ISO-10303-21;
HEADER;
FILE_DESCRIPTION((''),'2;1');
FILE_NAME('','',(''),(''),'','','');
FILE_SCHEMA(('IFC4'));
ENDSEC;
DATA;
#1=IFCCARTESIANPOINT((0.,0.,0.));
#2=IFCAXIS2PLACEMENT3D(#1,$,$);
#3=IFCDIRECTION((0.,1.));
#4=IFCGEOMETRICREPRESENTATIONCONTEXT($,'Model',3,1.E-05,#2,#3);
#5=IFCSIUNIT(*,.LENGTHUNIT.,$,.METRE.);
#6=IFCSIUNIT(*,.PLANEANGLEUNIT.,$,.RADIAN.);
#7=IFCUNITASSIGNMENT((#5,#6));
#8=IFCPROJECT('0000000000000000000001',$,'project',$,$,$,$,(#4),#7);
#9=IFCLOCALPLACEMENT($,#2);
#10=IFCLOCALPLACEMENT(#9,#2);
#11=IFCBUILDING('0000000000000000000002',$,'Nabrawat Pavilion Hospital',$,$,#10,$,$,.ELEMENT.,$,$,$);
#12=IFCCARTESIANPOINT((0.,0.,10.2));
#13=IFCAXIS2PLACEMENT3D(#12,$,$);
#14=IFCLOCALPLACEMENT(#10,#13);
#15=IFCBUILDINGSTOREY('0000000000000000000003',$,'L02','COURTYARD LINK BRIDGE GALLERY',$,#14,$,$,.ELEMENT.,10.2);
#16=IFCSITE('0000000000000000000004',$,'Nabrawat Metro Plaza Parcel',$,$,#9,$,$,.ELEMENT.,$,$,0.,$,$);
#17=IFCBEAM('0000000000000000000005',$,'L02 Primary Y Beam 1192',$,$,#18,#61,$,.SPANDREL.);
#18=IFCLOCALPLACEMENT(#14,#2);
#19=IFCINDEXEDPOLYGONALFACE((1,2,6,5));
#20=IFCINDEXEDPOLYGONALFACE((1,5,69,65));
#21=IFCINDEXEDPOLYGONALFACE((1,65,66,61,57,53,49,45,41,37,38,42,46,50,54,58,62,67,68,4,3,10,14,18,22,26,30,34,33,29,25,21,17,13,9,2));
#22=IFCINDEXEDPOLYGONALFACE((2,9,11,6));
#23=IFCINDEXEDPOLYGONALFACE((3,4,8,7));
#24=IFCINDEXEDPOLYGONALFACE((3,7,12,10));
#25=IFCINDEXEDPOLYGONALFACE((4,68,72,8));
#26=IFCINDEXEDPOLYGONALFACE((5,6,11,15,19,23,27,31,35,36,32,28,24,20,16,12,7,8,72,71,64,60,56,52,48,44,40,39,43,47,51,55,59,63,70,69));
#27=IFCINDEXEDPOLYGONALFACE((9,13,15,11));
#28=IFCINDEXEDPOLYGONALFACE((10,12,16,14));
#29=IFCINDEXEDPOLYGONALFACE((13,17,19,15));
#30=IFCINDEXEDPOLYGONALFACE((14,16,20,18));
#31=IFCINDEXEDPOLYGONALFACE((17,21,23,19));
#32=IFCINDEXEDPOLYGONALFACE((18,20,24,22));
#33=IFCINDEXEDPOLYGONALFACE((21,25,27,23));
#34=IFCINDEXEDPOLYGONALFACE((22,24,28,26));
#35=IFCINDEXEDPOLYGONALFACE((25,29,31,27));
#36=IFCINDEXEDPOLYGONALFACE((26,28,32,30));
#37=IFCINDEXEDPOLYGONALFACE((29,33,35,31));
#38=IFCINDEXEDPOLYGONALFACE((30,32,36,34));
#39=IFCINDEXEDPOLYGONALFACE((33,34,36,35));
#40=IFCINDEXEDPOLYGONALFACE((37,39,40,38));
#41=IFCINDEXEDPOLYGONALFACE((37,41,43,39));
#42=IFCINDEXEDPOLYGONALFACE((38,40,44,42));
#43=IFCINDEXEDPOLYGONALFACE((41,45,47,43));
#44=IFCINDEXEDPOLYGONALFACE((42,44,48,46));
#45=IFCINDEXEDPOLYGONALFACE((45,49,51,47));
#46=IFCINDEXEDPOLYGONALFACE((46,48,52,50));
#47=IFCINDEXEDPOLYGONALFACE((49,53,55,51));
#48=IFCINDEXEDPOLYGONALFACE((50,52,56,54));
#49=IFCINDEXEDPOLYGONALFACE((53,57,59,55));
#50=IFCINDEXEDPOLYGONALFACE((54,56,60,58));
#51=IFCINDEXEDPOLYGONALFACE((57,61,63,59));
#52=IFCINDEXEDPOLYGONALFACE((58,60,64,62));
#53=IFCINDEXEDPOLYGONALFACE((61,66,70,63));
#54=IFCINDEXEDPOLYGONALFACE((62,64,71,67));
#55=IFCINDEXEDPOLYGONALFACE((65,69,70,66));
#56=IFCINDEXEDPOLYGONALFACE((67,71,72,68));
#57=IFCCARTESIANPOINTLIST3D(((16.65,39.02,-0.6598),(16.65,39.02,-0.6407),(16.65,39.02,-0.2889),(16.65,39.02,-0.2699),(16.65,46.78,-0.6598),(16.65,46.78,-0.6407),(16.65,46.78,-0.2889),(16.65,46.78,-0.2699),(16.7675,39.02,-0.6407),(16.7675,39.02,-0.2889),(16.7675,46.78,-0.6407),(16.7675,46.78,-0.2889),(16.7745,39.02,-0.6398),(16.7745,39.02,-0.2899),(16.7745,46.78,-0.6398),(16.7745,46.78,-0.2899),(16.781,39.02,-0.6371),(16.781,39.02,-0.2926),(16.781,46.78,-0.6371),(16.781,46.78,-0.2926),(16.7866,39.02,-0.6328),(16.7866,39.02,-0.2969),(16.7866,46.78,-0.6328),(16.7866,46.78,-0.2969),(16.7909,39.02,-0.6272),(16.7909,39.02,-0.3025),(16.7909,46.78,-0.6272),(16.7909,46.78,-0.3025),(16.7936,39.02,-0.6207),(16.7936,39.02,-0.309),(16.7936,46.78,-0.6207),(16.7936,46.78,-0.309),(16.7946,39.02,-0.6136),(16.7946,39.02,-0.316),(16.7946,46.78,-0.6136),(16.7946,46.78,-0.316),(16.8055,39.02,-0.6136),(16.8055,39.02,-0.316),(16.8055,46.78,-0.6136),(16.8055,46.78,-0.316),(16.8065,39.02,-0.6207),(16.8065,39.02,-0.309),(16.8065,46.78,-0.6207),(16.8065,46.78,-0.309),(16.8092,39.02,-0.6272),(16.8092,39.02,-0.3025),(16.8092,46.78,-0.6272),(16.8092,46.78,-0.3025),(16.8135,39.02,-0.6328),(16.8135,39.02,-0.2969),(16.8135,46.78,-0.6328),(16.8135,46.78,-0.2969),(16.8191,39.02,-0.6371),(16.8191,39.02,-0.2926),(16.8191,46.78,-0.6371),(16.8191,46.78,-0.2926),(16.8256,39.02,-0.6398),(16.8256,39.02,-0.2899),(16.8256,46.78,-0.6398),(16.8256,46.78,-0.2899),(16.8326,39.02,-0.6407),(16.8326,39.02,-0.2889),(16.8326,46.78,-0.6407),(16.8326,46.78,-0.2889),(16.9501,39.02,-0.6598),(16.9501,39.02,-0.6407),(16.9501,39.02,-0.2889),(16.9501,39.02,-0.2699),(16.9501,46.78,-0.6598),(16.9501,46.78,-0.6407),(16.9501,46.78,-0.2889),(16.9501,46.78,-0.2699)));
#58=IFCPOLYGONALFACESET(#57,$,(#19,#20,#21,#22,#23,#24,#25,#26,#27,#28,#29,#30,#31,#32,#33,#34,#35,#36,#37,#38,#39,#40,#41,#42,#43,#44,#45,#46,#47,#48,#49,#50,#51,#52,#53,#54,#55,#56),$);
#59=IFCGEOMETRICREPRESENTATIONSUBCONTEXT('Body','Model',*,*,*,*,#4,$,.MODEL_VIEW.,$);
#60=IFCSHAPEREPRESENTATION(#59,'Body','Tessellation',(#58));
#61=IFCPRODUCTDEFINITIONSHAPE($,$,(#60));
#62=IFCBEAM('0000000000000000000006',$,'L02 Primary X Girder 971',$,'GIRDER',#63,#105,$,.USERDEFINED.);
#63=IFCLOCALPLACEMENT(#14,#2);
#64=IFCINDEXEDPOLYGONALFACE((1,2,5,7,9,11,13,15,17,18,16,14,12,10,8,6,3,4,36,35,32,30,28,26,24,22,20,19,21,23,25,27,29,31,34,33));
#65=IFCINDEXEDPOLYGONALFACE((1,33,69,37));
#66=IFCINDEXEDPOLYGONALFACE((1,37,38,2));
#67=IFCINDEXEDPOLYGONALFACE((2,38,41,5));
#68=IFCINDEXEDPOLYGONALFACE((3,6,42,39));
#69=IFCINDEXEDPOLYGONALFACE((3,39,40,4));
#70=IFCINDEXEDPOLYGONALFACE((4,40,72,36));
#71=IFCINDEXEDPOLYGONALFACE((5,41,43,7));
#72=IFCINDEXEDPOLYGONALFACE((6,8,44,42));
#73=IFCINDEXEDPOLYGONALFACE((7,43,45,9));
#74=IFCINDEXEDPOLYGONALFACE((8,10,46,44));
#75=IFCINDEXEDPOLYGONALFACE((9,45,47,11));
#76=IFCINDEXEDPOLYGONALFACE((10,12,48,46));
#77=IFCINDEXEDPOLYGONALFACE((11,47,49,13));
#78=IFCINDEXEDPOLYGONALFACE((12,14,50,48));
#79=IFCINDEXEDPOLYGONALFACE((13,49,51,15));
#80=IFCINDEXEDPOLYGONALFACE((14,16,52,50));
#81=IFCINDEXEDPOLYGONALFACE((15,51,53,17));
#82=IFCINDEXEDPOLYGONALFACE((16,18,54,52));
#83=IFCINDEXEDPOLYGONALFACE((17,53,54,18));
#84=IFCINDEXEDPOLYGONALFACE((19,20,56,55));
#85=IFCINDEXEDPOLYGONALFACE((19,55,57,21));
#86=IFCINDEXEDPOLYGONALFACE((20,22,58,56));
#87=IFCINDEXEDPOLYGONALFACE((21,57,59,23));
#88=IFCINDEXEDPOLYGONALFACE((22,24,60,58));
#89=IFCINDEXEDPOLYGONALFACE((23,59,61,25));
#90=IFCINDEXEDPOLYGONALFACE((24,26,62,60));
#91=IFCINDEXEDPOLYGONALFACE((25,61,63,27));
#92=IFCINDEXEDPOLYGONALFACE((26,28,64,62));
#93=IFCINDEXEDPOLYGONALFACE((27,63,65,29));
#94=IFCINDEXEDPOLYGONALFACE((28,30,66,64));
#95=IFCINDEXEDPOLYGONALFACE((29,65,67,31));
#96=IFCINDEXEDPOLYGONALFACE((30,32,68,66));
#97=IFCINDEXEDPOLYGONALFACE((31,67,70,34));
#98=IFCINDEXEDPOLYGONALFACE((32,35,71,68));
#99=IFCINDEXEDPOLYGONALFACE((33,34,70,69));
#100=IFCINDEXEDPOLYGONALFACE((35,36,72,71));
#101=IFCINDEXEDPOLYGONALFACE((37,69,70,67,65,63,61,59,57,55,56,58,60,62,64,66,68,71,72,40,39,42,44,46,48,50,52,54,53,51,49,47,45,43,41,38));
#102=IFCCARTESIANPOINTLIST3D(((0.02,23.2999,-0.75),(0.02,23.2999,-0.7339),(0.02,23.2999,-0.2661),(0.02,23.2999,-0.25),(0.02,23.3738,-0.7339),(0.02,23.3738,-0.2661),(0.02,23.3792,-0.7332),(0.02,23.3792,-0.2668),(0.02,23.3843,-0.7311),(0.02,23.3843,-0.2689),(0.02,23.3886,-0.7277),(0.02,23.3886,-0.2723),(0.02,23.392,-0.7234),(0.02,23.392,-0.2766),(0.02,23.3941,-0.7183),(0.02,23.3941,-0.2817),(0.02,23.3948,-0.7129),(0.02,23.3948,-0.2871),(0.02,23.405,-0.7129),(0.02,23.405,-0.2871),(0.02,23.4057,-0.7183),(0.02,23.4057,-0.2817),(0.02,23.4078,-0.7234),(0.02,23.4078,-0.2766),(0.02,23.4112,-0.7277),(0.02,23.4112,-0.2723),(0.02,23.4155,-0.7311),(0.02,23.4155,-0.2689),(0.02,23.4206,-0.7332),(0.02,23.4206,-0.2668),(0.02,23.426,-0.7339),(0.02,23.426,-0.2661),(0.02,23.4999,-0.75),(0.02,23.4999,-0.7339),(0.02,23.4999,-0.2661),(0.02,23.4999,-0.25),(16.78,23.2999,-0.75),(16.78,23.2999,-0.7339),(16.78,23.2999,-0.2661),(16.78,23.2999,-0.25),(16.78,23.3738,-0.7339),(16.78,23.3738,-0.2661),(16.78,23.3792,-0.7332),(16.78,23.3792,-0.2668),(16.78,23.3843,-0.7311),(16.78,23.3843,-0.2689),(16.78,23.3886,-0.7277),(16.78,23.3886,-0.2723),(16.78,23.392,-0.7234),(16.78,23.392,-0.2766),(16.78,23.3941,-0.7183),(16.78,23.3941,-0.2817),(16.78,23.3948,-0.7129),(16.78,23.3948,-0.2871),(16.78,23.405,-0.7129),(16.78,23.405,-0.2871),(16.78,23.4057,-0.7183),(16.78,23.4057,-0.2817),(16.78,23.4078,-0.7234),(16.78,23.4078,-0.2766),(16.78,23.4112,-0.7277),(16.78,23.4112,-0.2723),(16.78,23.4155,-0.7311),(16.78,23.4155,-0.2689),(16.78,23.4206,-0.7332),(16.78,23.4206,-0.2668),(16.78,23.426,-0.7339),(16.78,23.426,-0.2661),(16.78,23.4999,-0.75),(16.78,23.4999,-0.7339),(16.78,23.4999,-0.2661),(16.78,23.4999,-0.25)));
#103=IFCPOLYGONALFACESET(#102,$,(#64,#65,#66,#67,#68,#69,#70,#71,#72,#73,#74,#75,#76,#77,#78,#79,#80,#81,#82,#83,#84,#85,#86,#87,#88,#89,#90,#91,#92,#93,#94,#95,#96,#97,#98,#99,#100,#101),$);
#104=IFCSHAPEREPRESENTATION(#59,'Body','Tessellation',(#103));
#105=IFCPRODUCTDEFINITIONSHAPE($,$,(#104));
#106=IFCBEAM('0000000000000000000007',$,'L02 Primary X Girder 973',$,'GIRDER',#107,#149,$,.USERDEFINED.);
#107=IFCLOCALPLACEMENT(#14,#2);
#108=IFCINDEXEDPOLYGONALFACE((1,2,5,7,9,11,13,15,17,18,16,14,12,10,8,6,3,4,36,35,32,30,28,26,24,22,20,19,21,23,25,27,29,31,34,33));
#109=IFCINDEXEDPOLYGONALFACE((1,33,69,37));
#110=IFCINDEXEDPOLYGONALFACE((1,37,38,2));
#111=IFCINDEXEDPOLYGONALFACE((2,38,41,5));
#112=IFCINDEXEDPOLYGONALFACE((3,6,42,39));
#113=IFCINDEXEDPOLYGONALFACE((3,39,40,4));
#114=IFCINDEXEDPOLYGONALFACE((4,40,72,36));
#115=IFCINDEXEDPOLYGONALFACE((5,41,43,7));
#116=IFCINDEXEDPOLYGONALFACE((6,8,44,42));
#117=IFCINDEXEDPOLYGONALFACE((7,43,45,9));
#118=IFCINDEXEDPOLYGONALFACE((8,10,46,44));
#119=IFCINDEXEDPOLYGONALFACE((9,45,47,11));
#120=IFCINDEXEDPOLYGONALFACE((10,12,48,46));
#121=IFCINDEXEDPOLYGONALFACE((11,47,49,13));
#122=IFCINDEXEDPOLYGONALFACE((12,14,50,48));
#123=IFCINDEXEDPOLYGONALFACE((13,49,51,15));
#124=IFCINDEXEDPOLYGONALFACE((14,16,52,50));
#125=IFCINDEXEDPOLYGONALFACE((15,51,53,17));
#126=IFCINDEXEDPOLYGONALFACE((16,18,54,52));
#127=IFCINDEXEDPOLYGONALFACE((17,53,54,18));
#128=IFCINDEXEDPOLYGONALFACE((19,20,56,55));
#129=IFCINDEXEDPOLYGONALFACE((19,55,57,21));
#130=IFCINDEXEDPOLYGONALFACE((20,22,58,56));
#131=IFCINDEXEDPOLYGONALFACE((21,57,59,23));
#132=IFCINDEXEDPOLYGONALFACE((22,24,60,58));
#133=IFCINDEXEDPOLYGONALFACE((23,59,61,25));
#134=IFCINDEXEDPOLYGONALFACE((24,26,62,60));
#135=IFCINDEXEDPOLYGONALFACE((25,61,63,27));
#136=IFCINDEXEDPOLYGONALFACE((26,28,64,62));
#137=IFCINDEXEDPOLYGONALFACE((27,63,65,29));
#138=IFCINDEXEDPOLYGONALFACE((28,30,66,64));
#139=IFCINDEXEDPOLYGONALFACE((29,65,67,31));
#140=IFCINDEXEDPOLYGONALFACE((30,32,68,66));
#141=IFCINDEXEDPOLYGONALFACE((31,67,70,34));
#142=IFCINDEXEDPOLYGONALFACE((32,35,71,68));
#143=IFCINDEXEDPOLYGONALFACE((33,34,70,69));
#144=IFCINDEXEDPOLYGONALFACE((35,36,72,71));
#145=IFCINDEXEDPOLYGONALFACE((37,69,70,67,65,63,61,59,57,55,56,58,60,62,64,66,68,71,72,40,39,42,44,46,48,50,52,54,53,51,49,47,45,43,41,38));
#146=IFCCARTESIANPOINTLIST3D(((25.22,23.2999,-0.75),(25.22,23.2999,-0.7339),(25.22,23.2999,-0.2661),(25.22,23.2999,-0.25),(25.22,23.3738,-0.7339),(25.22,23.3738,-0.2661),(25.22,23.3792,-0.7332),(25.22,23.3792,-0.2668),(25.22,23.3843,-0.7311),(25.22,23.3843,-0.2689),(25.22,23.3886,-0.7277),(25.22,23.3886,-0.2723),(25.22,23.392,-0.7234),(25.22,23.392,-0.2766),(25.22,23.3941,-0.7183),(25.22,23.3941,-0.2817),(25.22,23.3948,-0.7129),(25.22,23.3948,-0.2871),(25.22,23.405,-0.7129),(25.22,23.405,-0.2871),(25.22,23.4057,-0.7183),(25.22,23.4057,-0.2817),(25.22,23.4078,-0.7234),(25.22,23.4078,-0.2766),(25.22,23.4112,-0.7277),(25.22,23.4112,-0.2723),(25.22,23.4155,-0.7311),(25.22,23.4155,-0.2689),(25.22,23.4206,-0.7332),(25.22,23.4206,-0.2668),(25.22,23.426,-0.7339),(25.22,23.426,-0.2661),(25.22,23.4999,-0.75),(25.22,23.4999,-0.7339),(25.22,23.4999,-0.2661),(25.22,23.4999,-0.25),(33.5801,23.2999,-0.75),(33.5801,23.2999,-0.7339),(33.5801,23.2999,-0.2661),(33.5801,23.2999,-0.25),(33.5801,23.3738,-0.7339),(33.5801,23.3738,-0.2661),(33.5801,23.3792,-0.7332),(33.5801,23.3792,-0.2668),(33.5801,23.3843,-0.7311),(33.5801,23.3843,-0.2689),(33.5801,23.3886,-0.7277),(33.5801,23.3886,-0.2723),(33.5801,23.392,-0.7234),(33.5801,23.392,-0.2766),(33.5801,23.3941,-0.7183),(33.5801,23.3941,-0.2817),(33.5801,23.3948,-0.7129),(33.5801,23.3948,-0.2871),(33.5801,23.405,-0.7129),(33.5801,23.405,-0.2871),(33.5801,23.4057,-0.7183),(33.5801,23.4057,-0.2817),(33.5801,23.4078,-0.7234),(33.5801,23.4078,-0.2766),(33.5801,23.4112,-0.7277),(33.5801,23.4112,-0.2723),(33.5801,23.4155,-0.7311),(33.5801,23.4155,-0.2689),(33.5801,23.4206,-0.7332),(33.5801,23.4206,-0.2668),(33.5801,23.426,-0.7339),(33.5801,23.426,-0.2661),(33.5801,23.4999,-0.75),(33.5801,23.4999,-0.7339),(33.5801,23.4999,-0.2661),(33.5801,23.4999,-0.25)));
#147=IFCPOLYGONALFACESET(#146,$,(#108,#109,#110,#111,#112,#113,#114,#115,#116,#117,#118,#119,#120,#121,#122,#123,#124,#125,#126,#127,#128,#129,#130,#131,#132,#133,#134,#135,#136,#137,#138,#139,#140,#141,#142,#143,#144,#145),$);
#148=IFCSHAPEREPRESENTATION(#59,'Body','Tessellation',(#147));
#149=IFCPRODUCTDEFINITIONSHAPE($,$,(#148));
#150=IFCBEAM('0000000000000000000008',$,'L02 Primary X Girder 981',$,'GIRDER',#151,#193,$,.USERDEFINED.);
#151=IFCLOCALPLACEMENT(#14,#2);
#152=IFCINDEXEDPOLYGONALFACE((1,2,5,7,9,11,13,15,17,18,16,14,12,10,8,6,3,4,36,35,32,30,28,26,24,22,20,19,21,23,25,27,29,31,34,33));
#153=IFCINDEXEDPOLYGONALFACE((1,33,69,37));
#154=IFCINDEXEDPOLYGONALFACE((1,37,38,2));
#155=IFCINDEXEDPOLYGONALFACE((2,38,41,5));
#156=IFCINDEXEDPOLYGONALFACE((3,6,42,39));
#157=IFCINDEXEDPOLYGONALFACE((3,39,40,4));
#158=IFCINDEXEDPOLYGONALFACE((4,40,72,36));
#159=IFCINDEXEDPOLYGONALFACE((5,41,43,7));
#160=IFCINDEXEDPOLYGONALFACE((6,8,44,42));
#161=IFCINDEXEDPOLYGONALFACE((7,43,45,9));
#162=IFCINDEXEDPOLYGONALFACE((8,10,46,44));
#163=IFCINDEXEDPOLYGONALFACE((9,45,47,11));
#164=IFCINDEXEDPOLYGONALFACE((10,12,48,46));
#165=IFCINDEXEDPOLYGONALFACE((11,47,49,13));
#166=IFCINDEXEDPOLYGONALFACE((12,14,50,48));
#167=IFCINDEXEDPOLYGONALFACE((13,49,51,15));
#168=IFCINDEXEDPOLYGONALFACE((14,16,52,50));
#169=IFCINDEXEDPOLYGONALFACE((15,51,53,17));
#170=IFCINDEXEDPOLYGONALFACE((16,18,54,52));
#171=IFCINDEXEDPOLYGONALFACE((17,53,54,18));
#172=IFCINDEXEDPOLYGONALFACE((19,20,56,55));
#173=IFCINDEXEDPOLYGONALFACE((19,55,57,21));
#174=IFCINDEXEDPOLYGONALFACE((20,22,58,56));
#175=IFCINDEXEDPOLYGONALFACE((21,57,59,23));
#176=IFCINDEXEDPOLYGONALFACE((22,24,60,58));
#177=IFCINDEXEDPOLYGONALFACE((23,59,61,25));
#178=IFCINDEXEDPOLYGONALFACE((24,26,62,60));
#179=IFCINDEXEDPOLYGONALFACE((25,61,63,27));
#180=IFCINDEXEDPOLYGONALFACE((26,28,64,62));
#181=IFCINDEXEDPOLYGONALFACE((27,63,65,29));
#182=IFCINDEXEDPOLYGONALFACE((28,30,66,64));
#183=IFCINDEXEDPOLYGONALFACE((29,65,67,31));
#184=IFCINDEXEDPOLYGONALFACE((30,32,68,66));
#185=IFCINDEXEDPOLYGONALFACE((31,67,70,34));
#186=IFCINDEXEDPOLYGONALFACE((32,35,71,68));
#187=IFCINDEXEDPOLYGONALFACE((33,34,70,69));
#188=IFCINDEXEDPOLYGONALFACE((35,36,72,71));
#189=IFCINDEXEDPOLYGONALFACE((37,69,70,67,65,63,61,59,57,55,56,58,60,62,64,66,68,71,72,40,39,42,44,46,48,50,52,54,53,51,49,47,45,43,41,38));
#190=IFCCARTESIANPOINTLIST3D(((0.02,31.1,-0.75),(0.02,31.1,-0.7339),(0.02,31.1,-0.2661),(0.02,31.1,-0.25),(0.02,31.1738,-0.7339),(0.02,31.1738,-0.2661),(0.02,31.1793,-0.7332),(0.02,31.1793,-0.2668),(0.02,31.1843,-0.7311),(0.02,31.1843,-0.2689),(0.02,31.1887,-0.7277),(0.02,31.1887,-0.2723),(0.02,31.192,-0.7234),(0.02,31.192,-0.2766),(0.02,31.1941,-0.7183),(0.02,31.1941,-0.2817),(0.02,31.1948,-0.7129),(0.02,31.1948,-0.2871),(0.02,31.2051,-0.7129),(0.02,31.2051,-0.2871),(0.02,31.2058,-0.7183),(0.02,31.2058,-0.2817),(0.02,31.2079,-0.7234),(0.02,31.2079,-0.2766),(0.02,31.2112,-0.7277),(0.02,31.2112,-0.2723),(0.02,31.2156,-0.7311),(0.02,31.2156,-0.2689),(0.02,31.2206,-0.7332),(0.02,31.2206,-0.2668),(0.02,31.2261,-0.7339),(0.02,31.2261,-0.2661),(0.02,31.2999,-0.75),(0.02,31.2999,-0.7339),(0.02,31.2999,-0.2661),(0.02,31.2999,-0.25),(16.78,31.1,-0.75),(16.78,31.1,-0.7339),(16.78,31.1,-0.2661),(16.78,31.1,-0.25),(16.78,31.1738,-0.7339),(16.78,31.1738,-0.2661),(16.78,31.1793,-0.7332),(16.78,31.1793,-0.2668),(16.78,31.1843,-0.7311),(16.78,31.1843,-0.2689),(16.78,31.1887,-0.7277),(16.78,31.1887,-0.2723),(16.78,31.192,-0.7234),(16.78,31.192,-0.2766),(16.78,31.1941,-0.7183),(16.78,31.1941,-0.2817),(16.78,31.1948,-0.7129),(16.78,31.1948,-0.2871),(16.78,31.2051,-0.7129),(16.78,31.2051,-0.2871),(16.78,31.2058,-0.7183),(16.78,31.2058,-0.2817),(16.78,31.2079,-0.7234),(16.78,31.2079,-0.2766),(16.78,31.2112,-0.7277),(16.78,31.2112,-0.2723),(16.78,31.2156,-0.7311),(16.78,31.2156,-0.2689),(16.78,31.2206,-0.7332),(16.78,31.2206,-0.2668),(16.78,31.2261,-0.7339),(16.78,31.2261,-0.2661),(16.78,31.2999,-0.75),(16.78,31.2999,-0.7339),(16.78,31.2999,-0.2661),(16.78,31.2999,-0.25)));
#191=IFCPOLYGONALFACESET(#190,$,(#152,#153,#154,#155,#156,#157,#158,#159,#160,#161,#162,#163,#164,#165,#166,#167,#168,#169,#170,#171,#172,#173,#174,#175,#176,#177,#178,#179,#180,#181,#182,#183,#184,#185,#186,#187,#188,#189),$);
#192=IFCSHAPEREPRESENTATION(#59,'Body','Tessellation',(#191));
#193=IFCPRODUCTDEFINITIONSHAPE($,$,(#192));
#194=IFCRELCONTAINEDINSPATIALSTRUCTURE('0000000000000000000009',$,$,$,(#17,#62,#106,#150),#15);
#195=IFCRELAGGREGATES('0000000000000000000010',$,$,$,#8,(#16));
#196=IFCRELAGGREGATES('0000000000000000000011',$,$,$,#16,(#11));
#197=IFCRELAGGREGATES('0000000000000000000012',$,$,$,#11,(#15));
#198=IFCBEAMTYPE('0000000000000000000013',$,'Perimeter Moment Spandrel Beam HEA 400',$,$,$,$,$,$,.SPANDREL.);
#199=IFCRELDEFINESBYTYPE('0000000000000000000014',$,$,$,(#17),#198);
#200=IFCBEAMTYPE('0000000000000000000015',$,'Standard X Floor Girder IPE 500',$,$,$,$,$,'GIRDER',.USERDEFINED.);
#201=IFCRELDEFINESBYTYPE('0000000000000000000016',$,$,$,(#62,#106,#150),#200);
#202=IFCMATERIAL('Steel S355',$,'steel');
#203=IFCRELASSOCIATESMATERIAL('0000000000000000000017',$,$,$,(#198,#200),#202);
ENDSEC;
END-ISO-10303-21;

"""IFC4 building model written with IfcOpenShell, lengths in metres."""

from ifc_helpers import new_model, si_unit, direction, frame, origin, origin_2d, place, context, subcontext, project, spatial, i_section, extrude, material, material_profile, profile_set, type_object, element, save


model = new_model("IFC4")

# Units and contexts
model_context = context("Model", 3, precision=1e-05, world=origin(), true_north=direction((0.0, 1.0)))
body_context = subcontext(model_context, "Body", "Model", "MODEL_VIEW")
ifc_project = project(units=[si_unit("LENGTHUNIT", "METRE"), si_unit("PLANEANGLEUNIT", "RADIAN")], contexts=[model_context])

# Site, building, storey
site_placement = place(None, origin())
site = spatial("IfcSite", under=ifc_project, at=site_placement, Name="Nabrawat Metro Plaza Parcel", CompositionType="ELEMENT", RefElevation=0.0)
building_placement = place(site_placement, origin())
building = spatial("IfcBuilding", under=site, at=building_placement, Name="Nabrawat Pavilion Hospital", CompositionType="ELEMENT")
storey_placement = place(building_placement, frame((0.0, 0.0, 10.2)))
storey = spatial("IfcBuildingStorey", under=building, at=storey_placement, Name="L02", Description="COURTYARD LINK BRIDGE GALLERY", CompositionType="ELEMENT", Elevation=10.2)

# Shared definitions
ifc_material_1 = material(Name="Steel S355", Category="steel")

# Beams
ifc_material_profile_1 = material_profile(ifc_material_1, i_section(OverallWidth=0.3, OverallDepth=0.3899, WebThickness=0.011, FlangeThickness=0.019, FilletRadius=0.0271, at=origin_2d()), Name="HEA 400")
ifc_profile_set_1 = profile_set([ifc_material_profile_1], Name="Steel S355")
beam_type_1 = type_object("IfcBeamType", Name="Perimeter Moment Spandrel Beam HEA 400", PredefinedType="SPANDREL", material=ifc_profile_set_1)
for number, where, z_axis, x_axis, name in (
    (1, (16.8, 39.02, -0.4648), (0.0, 1.0, 0.0), (-1.0, 0.0, 0.0), "L02 Primary Y Beam 1192"),
):
    element("IfcBeam", number, at=place(storey_placement, frame(where, z_axis=z_axis, x_axis=x_axis)), inside=storey, type_object=beam_type_1, Name=name, PredefinedType="SPANDREL", context=body_context, shape_type="SweptSolid", body=[
        extrude(i_section(OverallWidth=0.3, OverallDepth=0.3899, WebThickness=0.011, FlangeThickness=0.019, FilletRadius=0.0271, at=origin_2d()), origin(), (0.0, 0.0, 1.0), 7.76),
    ])
ifc_material_profile_2 = material_profile(ifc_material_1, i_section(OverallWidth=0.2, OverallDepth=0.5, WebThickness=0.0103, FlangeThickness=0.0161, FilletRadius=0.021, at=origin_2d()), Name="IPE 500")
ifc_profile_set_2 = profile_set([ifc_material_profile_2], Name="Steel S355")
beam_type_2 = type_object("IfcBeamType", Name="Standard X Floor Girder IPE 500", ElementType="GIRDER", PredefinedType="USERDEFINED", material=ifc_profile_set_2)
beam_1_placement = place(storey_placement, frame((0.02, 23.3999, -0.5), z_axis=(1.0, 0.0, 0.0), x_axis=(0.0, 1.0, 0.0)))
element("IfcBeam", 2, at=beam_1_placement, inside=storey, type_object=beam_type_2, Name="L02 Primary X Girder 971", ObjectType="GIRDER", PredefinedType="USERDEFINED", context=body_context, shape_type="SweptSolid", body=[
    extrude(i_section(OverallWidth=0.2, OverallDepth=0.5, WebThickness=0.0103, FlangeThickness=0.0161, FilletRadius=0.021, at=origin_2d()), origin(), (0.0, 0.0, 1.0), 16.76),
])
beam_2_placement = place(storey_placement, frame((25.22, 23.3999, -0.5), z_axis=(1.0, 0.0, 0.0), x_axis=(0.0, 1.0, 0.0)))
element("IfcBeam", 3, at=beam_2_placement, inside=storey, type_object=beam_type_2, Name="L02 Primary X Girder 973", ObjectType="GIRDER", PredefinedType="USERDEFINED", context=body_context, shape_type="SweptSolid", body=[
    extrude(i_section(OverallWidth=0.2, OverallDepth=0.5, WebThickness=0.0103, FlangeThickness=0.0161, FilletRadius=0.021, at=origin_2d()), origin(), (0.0, 0.0, 1.0), 8.3601),
])
for number, where, z_axis, x_axis, name in (
    (4, (0.02, 31.2, -0.5), (1.0, 0.0, 0.0), (0.0, 1.0, 0.0), "L02 Primary X Girder 981"),
):
    element("IfcBeam", number, at=place(storey_placement, frame(where, z_axis=z_axis, x_axis=x_axis)), inside=storey, type_object=beam_type_2, Name=name, ObjectType="GIRDER", PredefinedType="USERDEFINED", context=body_context, shape_type="SweptSolid", body=[
        extrude(i_section(OverallWidth=0.2, OverallDepth=0.5, WebThickness=0.0103, FlangeThickness=0.0161, FilletRadius=0.021, at=origin_2d()), origin(), (0.0, 0.0, 1.0), 16.76),
    ])

save(model, "model.ifc")
